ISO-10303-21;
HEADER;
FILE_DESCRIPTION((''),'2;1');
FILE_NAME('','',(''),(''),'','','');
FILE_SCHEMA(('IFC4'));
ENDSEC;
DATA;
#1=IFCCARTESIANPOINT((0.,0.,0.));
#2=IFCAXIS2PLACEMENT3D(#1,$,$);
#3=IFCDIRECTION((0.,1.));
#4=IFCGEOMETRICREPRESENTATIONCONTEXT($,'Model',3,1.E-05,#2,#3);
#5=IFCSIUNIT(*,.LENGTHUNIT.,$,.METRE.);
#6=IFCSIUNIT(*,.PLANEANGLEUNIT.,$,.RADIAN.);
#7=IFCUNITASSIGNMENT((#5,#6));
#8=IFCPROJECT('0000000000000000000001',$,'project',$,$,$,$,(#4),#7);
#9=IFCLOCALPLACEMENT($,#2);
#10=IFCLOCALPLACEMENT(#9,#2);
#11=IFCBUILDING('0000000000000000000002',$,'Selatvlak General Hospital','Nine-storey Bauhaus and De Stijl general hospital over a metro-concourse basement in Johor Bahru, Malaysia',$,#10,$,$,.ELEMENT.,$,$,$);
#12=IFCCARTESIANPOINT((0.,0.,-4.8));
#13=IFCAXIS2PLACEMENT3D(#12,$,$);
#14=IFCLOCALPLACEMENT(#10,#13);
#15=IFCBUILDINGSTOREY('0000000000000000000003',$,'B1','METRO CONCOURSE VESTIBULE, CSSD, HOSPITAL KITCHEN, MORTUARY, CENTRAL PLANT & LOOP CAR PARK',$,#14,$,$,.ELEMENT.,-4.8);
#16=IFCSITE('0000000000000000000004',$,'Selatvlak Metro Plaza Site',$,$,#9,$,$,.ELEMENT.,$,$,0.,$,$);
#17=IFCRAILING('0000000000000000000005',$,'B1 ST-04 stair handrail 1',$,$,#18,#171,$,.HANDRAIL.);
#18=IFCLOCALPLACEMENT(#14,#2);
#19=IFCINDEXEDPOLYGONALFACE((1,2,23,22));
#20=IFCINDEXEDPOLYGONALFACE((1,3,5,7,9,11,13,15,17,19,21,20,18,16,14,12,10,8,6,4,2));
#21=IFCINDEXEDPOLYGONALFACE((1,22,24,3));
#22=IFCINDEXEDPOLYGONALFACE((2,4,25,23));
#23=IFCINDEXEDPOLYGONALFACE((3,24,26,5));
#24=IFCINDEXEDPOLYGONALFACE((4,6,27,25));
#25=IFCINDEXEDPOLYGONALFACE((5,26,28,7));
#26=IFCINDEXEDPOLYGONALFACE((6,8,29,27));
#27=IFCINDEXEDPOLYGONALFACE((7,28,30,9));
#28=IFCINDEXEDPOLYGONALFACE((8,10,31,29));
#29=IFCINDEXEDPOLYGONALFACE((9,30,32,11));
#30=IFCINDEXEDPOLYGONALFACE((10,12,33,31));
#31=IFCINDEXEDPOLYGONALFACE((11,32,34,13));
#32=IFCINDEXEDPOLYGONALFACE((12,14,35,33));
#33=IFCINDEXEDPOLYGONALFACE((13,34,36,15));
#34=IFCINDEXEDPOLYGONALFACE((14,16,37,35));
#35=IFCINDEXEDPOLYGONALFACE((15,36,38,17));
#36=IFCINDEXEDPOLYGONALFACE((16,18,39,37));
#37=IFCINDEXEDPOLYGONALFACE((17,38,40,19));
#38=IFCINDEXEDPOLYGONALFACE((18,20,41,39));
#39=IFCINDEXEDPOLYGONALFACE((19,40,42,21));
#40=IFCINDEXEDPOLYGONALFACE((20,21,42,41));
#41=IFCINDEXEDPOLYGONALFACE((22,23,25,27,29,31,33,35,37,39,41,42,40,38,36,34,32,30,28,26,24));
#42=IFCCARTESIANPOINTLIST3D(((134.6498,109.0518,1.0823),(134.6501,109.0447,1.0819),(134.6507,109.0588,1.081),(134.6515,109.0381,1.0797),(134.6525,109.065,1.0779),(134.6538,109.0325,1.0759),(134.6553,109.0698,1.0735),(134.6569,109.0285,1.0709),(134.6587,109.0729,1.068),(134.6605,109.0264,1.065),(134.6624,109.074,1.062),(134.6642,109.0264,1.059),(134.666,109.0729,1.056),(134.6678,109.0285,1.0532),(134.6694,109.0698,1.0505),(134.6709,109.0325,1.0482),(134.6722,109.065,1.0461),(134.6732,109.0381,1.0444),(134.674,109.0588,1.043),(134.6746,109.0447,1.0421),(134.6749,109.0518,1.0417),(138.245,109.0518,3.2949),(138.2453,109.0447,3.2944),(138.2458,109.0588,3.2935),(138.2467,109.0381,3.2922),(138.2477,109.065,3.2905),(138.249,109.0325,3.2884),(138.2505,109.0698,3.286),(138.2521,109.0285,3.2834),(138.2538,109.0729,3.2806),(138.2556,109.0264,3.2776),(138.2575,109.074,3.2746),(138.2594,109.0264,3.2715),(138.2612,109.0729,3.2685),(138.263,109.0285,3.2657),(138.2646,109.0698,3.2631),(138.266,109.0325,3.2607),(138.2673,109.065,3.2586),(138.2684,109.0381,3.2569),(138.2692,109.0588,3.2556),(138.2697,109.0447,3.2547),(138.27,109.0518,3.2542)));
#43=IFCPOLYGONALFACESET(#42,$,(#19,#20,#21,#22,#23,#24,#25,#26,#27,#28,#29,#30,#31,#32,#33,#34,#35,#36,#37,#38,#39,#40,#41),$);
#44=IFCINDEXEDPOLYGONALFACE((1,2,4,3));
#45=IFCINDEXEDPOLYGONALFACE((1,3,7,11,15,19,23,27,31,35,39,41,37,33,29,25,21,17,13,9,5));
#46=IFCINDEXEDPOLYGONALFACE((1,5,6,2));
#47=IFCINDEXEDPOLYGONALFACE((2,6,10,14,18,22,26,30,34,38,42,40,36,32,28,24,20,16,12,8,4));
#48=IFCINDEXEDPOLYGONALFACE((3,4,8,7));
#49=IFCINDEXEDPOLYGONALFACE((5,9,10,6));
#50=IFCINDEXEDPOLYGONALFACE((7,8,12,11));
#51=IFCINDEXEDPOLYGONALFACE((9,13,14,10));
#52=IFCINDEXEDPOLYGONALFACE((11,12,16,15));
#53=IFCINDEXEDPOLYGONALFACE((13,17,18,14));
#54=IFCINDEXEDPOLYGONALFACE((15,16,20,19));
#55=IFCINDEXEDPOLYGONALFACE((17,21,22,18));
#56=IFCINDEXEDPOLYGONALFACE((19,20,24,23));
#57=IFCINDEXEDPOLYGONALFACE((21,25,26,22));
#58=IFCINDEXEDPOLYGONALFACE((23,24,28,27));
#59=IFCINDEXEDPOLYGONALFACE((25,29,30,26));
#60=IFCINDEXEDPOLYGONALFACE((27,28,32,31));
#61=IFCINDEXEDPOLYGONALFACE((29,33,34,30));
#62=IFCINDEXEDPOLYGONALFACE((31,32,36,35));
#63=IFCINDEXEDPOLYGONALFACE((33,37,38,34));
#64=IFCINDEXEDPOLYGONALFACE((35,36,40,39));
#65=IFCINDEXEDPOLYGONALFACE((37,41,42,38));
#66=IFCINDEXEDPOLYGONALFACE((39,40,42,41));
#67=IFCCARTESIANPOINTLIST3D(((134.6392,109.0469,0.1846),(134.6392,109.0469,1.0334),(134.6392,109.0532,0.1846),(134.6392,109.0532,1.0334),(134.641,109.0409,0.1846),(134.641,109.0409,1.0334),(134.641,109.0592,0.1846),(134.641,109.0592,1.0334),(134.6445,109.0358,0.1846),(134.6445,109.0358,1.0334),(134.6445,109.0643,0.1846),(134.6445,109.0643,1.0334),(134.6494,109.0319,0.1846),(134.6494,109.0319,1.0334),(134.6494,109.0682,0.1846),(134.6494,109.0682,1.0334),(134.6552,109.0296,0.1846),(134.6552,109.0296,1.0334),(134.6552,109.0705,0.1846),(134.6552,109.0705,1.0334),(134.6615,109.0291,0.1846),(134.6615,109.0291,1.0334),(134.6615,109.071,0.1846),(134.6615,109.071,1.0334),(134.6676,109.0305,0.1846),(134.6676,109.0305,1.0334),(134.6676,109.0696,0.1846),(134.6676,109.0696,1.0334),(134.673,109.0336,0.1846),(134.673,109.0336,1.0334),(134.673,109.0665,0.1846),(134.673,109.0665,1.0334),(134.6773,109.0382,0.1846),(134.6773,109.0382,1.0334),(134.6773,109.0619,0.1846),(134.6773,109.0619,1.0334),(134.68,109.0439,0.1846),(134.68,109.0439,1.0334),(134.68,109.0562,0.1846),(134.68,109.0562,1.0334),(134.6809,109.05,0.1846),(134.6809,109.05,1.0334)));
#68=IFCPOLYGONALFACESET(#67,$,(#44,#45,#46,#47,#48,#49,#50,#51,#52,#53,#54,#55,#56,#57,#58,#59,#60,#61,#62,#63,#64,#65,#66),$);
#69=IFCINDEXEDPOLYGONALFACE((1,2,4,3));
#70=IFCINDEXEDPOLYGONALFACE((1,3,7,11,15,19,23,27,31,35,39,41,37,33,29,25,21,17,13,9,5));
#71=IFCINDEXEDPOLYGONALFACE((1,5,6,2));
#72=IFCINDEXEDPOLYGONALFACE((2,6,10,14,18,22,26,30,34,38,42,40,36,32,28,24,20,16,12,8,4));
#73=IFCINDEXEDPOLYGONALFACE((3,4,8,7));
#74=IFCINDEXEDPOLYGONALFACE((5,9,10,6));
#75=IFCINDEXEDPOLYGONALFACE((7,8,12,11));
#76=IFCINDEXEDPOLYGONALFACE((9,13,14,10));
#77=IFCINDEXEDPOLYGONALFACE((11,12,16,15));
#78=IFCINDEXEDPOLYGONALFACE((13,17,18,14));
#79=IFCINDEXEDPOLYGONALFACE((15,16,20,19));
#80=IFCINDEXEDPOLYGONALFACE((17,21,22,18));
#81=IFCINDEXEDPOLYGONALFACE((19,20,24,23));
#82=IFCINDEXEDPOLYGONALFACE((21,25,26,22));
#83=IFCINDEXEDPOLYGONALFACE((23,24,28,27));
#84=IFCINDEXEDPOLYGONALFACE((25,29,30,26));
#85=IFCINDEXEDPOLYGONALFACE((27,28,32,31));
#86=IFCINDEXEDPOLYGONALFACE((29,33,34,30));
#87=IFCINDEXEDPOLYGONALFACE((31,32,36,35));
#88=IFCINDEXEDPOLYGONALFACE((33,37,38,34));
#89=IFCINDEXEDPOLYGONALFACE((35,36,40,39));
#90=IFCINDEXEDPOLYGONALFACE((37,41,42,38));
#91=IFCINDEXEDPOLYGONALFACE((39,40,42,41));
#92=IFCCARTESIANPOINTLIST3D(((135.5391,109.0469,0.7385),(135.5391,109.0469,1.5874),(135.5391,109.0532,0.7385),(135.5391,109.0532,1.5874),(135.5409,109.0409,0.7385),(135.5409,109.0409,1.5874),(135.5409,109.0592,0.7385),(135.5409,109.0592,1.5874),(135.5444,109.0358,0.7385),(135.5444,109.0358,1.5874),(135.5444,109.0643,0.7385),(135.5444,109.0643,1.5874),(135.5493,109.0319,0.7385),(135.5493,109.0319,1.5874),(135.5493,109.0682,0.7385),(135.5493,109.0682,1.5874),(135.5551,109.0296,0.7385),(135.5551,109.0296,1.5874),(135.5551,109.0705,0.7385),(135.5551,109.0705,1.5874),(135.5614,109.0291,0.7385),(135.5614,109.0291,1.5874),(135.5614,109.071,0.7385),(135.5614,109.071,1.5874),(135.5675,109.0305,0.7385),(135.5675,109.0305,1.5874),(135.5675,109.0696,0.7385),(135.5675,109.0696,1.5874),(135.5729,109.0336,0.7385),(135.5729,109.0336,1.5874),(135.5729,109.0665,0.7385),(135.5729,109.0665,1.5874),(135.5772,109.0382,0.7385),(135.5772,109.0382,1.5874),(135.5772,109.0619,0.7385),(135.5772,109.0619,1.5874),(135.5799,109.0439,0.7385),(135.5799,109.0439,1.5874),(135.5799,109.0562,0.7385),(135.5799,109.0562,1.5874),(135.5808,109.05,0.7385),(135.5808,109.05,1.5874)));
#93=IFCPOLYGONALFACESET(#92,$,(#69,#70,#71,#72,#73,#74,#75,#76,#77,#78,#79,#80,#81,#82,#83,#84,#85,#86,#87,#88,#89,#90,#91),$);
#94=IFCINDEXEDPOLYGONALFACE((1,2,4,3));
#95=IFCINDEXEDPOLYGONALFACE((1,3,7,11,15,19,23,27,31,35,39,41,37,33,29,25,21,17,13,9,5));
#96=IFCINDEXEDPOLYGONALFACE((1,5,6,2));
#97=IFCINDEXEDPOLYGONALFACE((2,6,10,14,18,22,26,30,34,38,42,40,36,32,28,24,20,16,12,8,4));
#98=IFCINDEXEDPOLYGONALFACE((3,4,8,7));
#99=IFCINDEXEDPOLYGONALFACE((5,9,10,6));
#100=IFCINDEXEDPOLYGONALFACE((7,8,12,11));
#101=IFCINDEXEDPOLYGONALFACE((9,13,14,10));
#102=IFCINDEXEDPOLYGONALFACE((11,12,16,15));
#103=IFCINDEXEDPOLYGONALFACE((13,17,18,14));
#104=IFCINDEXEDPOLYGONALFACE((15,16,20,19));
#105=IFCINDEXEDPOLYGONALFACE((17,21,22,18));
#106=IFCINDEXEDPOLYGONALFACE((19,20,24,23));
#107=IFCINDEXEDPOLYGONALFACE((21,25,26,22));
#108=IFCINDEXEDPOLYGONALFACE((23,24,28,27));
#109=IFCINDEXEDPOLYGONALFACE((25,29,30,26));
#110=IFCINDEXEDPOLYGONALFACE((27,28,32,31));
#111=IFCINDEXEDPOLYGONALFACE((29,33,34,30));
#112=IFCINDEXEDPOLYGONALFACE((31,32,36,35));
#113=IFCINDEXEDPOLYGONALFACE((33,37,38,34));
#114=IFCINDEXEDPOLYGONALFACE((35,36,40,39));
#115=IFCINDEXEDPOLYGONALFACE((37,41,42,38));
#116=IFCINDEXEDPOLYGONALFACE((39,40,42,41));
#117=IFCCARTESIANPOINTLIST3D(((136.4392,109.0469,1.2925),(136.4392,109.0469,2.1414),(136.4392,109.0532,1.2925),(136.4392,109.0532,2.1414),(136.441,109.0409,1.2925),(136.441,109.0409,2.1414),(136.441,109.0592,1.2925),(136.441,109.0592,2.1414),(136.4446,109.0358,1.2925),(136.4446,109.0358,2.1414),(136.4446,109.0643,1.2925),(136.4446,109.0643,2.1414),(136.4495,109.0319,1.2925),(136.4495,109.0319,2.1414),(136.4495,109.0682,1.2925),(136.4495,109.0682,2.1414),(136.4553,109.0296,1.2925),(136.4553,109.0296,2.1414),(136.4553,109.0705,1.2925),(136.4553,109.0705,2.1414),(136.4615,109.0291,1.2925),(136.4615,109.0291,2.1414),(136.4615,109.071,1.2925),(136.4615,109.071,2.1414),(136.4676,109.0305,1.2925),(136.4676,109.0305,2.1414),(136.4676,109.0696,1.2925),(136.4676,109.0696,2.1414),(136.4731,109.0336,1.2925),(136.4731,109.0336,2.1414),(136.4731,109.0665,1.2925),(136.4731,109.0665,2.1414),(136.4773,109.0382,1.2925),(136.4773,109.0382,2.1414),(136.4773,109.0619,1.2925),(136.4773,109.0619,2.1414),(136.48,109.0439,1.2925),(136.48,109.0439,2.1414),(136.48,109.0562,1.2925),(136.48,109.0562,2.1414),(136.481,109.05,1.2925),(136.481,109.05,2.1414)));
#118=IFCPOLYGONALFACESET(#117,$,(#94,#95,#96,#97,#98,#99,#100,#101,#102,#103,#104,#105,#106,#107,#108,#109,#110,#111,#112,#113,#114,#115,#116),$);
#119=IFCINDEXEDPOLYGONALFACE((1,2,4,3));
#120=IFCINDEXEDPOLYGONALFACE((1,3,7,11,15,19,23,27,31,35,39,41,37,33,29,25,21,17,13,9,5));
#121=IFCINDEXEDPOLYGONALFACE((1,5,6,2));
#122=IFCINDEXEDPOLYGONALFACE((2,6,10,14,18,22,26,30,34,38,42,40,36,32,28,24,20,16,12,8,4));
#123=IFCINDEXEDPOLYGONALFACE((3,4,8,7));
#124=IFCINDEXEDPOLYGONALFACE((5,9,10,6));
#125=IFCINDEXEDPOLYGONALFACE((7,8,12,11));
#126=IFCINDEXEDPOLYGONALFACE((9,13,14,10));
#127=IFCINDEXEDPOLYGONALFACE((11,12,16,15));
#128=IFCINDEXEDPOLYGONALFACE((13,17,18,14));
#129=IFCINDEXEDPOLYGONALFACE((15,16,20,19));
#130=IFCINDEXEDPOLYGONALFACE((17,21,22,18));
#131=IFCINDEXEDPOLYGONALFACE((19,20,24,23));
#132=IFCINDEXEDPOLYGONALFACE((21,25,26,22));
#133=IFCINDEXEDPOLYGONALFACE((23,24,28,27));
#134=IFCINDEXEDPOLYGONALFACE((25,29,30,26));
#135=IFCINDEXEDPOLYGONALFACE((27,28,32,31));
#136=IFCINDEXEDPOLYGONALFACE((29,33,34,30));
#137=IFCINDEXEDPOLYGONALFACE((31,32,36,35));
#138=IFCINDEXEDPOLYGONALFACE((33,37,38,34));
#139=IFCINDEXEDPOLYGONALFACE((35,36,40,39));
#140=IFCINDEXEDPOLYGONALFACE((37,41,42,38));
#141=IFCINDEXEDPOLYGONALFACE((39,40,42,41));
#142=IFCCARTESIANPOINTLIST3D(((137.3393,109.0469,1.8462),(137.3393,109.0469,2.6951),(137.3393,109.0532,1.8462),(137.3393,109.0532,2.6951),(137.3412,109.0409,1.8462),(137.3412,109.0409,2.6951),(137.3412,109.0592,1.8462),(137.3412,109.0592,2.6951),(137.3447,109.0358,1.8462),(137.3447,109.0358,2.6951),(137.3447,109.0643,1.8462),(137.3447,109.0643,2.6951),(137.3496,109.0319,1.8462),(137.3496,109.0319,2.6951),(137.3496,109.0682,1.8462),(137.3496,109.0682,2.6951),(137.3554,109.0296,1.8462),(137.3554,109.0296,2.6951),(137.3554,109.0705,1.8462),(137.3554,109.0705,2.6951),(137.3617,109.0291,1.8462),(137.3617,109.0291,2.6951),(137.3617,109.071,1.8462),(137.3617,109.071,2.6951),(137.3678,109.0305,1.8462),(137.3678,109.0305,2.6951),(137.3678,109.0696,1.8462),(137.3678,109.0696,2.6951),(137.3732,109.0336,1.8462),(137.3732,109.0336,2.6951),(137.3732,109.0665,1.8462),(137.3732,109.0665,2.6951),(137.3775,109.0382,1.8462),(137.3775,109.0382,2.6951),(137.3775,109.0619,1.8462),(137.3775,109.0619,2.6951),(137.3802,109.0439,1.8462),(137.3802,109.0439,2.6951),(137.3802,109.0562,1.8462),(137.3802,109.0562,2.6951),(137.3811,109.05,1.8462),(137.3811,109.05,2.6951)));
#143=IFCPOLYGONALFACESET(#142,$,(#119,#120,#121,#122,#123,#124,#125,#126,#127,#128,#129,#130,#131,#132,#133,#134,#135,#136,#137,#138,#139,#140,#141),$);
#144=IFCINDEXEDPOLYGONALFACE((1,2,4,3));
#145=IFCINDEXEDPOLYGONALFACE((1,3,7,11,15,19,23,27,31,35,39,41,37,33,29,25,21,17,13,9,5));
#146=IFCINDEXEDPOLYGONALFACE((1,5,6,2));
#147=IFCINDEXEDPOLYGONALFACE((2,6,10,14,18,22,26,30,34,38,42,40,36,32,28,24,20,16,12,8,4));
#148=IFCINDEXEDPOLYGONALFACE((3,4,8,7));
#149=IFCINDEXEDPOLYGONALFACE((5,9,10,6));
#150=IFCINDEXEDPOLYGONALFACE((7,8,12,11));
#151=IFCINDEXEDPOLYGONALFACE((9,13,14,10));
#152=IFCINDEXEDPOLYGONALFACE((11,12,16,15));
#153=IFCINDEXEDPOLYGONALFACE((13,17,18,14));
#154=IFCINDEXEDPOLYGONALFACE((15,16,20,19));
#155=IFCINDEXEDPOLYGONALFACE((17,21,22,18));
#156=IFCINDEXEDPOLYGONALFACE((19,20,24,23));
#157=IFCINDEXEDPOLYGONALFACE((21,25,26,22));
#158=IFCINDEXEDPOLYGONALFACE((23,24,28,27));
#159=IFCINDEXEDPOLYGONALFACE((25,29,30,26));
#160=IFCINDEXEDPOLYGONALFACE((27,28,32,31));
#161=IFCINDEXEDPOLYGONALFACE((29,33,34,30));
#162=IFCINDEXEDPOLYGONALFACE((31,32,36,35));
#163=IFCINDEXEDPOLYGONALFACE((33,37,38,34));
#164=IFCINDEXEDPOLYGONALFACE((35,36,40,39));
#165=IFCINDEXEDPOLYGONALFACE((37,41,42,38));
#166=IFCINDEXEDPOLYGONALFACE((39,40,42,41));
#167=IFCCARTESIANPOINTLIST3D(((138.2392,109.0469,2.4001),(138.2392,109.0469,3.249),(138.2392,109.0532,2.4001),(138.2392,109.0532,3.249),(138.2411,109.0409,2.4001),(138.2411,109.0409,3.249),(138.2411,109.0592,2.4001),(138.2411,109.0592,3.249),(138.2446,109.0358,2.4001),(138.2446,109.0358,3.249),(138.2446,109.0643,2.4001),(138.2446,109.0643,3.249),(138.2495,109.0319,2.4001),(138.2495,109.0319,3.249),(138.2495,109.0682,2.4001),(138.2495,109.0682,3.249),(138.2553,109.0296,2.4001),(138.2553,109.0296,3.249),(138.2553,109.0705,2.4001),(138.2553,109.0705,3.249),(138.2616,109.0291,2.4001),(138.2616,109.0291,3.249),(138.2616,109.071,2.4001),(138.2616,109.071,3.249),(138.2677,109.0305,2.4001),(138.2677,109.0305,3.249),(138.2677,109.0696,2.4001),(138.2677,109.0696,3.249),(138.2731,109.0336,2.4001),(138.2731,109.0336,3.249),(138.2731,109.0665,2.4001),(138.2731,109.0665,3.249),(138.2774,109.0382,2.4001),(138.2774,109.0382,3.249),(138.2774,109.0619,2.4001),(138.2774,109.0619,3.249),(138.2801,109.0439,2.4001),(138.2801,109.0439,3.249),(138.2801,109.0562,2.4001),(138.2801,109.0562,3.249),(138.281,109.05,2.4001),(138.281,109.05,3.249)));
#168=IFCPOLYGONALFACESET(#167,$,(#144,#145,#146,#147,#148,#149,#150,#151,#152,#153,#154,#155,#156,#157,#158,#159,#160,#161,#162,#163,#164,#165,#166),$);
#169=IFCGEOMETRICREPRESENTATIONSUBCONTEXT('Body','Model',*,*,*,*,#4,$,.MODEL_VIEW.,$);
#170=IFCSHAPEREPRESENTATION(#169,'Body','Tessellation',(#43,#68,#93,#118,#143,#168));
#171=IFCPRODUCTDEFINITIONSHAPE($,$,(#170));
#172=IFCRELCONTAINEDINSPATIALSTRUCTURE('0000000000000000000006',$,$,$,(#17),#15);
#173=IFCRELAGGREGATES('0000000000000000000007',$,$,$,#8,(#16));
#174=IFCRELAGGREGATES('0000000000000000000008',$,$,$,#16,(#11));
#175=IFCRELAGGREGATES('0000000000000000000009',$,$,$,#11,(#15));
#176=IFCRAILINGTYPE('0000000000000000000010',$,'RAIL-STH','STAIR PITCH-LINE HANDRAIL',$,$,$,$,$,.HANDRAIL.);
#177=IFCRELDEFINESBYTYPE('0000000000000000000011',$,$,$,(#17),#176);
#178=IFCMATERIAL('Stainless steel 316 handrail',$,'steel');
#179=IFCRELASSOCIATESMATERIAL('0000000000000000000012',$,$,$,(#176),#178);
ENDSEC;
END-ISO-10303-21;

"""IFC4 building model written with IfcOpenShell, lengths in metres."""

from ifc_helpers import new_model, si_unit, direction, frame, origin, origin_2d, place, context, subcontext, project, spatial, circle, extrude, material, type_object, element, save


model = new_model("IFC4")

# Units and contexts
model_context = context("Model", 3, precision=1e-05, world=origin(), true_north=direction((0.0, 1.0)))
body_context = subcontext(model_context, "Body", "Model", "MODEL_VIEW")
ifc_project = project(units=[si_unit("LENGTHUNIT", "METRE"), si_unit("PLANEANGLEUNIT", "RADIAN")], contexts=[model_context])

# Site, building, storey
site_placement = place(None, origin())
site = spatial("IfcSite", under=ifc_project, at=site_placement, Name="Selatvlak Metro Plaza Site", CompositionType="ELEMENT", RefElevation=0.0)
building_placement = place(site_placement, origin())
building = spatial("IfcBuilding", under=site, at=building_placement, Name="Selatvlak General Hospital", Description="Nine-storey Bauhaus and De Stijl general hospital over a metro-concourse basement in Johor Bahru, Malaysia", CompositionType="ELEMENT")
storey_placement = place(building_placement, frame((0.0, 0.0, -4.8)))
storey = spatial("IfcBuildingStorey", under=building, at=storey_placement, Name="B1", Description="METRO CONCOURSE VESTIBULE, CSSD, HOSPITAL KITCHEN, MORTUARY, CENTRAL PLANT & LOOP CAR PARK", CompositionType="ELEMENT", Elevation=-4.8)

# Railing
ifc_material_1 = material(Name="Stainless steel 316 handrail", Category="steel")
railing_type_1 = type_object("IfcRailingType", Name="RAIL-STH", Description="STAIR PITCH-LINE HANDRAIL", PredefinedType="HANDRAIL", material=ifc_material_1)
railing_1_placement = place(storey_placement, frame((134.6599, 109.05, 0.1846)))
element("IfcRailing", 1, at=railing_1_placement, inside=storey, type_object=railing_type_1, Name="B1 ST-04 stair handrail 1", PredefinedType="HANDRAIL", context=body_context, shape_type="SweptSolid", body=[
    extrude(circle(Radius=0.0239, at=origin_2d()), frame((0.0024, 0.0, 0.8774), z_axis=(0.851644, 0.0, 0.52412), x_axis=(0.0, 1.0, 0.0)), (0.0, 0.0, 1.0), 4.2214),
    extrude(circle(Radius=0.021, at=origin_2d()), origin(), (0.0, 0.0, 1.0), 0.8489),
    extrude(circle(Radius=0.021, at=origin_2d()), frame((0.8999, 0.0, 0.554)), (0.0, 0.0, 1.0), 0.8489),
    extrude(circle(Radius=0.021, at=origin_2d()), frame((1.8, 0.0, 1.1079)), (0.0, 0.0, 1.0), 0.8489),
    extrude(circle(Radius=0.021, at=origin_2d()), frame((2.7002, 0.0, 1.6616)), (0.0, 0.0, 1.0), 0.8489),
    extrude(circle(Radius=0.021, at=origin_2d()), frame((3.6001, 0.0, 2.2156)), (0.0, 0.0, 1.0), 0.8489),
])

save(model, "model.ifc")
